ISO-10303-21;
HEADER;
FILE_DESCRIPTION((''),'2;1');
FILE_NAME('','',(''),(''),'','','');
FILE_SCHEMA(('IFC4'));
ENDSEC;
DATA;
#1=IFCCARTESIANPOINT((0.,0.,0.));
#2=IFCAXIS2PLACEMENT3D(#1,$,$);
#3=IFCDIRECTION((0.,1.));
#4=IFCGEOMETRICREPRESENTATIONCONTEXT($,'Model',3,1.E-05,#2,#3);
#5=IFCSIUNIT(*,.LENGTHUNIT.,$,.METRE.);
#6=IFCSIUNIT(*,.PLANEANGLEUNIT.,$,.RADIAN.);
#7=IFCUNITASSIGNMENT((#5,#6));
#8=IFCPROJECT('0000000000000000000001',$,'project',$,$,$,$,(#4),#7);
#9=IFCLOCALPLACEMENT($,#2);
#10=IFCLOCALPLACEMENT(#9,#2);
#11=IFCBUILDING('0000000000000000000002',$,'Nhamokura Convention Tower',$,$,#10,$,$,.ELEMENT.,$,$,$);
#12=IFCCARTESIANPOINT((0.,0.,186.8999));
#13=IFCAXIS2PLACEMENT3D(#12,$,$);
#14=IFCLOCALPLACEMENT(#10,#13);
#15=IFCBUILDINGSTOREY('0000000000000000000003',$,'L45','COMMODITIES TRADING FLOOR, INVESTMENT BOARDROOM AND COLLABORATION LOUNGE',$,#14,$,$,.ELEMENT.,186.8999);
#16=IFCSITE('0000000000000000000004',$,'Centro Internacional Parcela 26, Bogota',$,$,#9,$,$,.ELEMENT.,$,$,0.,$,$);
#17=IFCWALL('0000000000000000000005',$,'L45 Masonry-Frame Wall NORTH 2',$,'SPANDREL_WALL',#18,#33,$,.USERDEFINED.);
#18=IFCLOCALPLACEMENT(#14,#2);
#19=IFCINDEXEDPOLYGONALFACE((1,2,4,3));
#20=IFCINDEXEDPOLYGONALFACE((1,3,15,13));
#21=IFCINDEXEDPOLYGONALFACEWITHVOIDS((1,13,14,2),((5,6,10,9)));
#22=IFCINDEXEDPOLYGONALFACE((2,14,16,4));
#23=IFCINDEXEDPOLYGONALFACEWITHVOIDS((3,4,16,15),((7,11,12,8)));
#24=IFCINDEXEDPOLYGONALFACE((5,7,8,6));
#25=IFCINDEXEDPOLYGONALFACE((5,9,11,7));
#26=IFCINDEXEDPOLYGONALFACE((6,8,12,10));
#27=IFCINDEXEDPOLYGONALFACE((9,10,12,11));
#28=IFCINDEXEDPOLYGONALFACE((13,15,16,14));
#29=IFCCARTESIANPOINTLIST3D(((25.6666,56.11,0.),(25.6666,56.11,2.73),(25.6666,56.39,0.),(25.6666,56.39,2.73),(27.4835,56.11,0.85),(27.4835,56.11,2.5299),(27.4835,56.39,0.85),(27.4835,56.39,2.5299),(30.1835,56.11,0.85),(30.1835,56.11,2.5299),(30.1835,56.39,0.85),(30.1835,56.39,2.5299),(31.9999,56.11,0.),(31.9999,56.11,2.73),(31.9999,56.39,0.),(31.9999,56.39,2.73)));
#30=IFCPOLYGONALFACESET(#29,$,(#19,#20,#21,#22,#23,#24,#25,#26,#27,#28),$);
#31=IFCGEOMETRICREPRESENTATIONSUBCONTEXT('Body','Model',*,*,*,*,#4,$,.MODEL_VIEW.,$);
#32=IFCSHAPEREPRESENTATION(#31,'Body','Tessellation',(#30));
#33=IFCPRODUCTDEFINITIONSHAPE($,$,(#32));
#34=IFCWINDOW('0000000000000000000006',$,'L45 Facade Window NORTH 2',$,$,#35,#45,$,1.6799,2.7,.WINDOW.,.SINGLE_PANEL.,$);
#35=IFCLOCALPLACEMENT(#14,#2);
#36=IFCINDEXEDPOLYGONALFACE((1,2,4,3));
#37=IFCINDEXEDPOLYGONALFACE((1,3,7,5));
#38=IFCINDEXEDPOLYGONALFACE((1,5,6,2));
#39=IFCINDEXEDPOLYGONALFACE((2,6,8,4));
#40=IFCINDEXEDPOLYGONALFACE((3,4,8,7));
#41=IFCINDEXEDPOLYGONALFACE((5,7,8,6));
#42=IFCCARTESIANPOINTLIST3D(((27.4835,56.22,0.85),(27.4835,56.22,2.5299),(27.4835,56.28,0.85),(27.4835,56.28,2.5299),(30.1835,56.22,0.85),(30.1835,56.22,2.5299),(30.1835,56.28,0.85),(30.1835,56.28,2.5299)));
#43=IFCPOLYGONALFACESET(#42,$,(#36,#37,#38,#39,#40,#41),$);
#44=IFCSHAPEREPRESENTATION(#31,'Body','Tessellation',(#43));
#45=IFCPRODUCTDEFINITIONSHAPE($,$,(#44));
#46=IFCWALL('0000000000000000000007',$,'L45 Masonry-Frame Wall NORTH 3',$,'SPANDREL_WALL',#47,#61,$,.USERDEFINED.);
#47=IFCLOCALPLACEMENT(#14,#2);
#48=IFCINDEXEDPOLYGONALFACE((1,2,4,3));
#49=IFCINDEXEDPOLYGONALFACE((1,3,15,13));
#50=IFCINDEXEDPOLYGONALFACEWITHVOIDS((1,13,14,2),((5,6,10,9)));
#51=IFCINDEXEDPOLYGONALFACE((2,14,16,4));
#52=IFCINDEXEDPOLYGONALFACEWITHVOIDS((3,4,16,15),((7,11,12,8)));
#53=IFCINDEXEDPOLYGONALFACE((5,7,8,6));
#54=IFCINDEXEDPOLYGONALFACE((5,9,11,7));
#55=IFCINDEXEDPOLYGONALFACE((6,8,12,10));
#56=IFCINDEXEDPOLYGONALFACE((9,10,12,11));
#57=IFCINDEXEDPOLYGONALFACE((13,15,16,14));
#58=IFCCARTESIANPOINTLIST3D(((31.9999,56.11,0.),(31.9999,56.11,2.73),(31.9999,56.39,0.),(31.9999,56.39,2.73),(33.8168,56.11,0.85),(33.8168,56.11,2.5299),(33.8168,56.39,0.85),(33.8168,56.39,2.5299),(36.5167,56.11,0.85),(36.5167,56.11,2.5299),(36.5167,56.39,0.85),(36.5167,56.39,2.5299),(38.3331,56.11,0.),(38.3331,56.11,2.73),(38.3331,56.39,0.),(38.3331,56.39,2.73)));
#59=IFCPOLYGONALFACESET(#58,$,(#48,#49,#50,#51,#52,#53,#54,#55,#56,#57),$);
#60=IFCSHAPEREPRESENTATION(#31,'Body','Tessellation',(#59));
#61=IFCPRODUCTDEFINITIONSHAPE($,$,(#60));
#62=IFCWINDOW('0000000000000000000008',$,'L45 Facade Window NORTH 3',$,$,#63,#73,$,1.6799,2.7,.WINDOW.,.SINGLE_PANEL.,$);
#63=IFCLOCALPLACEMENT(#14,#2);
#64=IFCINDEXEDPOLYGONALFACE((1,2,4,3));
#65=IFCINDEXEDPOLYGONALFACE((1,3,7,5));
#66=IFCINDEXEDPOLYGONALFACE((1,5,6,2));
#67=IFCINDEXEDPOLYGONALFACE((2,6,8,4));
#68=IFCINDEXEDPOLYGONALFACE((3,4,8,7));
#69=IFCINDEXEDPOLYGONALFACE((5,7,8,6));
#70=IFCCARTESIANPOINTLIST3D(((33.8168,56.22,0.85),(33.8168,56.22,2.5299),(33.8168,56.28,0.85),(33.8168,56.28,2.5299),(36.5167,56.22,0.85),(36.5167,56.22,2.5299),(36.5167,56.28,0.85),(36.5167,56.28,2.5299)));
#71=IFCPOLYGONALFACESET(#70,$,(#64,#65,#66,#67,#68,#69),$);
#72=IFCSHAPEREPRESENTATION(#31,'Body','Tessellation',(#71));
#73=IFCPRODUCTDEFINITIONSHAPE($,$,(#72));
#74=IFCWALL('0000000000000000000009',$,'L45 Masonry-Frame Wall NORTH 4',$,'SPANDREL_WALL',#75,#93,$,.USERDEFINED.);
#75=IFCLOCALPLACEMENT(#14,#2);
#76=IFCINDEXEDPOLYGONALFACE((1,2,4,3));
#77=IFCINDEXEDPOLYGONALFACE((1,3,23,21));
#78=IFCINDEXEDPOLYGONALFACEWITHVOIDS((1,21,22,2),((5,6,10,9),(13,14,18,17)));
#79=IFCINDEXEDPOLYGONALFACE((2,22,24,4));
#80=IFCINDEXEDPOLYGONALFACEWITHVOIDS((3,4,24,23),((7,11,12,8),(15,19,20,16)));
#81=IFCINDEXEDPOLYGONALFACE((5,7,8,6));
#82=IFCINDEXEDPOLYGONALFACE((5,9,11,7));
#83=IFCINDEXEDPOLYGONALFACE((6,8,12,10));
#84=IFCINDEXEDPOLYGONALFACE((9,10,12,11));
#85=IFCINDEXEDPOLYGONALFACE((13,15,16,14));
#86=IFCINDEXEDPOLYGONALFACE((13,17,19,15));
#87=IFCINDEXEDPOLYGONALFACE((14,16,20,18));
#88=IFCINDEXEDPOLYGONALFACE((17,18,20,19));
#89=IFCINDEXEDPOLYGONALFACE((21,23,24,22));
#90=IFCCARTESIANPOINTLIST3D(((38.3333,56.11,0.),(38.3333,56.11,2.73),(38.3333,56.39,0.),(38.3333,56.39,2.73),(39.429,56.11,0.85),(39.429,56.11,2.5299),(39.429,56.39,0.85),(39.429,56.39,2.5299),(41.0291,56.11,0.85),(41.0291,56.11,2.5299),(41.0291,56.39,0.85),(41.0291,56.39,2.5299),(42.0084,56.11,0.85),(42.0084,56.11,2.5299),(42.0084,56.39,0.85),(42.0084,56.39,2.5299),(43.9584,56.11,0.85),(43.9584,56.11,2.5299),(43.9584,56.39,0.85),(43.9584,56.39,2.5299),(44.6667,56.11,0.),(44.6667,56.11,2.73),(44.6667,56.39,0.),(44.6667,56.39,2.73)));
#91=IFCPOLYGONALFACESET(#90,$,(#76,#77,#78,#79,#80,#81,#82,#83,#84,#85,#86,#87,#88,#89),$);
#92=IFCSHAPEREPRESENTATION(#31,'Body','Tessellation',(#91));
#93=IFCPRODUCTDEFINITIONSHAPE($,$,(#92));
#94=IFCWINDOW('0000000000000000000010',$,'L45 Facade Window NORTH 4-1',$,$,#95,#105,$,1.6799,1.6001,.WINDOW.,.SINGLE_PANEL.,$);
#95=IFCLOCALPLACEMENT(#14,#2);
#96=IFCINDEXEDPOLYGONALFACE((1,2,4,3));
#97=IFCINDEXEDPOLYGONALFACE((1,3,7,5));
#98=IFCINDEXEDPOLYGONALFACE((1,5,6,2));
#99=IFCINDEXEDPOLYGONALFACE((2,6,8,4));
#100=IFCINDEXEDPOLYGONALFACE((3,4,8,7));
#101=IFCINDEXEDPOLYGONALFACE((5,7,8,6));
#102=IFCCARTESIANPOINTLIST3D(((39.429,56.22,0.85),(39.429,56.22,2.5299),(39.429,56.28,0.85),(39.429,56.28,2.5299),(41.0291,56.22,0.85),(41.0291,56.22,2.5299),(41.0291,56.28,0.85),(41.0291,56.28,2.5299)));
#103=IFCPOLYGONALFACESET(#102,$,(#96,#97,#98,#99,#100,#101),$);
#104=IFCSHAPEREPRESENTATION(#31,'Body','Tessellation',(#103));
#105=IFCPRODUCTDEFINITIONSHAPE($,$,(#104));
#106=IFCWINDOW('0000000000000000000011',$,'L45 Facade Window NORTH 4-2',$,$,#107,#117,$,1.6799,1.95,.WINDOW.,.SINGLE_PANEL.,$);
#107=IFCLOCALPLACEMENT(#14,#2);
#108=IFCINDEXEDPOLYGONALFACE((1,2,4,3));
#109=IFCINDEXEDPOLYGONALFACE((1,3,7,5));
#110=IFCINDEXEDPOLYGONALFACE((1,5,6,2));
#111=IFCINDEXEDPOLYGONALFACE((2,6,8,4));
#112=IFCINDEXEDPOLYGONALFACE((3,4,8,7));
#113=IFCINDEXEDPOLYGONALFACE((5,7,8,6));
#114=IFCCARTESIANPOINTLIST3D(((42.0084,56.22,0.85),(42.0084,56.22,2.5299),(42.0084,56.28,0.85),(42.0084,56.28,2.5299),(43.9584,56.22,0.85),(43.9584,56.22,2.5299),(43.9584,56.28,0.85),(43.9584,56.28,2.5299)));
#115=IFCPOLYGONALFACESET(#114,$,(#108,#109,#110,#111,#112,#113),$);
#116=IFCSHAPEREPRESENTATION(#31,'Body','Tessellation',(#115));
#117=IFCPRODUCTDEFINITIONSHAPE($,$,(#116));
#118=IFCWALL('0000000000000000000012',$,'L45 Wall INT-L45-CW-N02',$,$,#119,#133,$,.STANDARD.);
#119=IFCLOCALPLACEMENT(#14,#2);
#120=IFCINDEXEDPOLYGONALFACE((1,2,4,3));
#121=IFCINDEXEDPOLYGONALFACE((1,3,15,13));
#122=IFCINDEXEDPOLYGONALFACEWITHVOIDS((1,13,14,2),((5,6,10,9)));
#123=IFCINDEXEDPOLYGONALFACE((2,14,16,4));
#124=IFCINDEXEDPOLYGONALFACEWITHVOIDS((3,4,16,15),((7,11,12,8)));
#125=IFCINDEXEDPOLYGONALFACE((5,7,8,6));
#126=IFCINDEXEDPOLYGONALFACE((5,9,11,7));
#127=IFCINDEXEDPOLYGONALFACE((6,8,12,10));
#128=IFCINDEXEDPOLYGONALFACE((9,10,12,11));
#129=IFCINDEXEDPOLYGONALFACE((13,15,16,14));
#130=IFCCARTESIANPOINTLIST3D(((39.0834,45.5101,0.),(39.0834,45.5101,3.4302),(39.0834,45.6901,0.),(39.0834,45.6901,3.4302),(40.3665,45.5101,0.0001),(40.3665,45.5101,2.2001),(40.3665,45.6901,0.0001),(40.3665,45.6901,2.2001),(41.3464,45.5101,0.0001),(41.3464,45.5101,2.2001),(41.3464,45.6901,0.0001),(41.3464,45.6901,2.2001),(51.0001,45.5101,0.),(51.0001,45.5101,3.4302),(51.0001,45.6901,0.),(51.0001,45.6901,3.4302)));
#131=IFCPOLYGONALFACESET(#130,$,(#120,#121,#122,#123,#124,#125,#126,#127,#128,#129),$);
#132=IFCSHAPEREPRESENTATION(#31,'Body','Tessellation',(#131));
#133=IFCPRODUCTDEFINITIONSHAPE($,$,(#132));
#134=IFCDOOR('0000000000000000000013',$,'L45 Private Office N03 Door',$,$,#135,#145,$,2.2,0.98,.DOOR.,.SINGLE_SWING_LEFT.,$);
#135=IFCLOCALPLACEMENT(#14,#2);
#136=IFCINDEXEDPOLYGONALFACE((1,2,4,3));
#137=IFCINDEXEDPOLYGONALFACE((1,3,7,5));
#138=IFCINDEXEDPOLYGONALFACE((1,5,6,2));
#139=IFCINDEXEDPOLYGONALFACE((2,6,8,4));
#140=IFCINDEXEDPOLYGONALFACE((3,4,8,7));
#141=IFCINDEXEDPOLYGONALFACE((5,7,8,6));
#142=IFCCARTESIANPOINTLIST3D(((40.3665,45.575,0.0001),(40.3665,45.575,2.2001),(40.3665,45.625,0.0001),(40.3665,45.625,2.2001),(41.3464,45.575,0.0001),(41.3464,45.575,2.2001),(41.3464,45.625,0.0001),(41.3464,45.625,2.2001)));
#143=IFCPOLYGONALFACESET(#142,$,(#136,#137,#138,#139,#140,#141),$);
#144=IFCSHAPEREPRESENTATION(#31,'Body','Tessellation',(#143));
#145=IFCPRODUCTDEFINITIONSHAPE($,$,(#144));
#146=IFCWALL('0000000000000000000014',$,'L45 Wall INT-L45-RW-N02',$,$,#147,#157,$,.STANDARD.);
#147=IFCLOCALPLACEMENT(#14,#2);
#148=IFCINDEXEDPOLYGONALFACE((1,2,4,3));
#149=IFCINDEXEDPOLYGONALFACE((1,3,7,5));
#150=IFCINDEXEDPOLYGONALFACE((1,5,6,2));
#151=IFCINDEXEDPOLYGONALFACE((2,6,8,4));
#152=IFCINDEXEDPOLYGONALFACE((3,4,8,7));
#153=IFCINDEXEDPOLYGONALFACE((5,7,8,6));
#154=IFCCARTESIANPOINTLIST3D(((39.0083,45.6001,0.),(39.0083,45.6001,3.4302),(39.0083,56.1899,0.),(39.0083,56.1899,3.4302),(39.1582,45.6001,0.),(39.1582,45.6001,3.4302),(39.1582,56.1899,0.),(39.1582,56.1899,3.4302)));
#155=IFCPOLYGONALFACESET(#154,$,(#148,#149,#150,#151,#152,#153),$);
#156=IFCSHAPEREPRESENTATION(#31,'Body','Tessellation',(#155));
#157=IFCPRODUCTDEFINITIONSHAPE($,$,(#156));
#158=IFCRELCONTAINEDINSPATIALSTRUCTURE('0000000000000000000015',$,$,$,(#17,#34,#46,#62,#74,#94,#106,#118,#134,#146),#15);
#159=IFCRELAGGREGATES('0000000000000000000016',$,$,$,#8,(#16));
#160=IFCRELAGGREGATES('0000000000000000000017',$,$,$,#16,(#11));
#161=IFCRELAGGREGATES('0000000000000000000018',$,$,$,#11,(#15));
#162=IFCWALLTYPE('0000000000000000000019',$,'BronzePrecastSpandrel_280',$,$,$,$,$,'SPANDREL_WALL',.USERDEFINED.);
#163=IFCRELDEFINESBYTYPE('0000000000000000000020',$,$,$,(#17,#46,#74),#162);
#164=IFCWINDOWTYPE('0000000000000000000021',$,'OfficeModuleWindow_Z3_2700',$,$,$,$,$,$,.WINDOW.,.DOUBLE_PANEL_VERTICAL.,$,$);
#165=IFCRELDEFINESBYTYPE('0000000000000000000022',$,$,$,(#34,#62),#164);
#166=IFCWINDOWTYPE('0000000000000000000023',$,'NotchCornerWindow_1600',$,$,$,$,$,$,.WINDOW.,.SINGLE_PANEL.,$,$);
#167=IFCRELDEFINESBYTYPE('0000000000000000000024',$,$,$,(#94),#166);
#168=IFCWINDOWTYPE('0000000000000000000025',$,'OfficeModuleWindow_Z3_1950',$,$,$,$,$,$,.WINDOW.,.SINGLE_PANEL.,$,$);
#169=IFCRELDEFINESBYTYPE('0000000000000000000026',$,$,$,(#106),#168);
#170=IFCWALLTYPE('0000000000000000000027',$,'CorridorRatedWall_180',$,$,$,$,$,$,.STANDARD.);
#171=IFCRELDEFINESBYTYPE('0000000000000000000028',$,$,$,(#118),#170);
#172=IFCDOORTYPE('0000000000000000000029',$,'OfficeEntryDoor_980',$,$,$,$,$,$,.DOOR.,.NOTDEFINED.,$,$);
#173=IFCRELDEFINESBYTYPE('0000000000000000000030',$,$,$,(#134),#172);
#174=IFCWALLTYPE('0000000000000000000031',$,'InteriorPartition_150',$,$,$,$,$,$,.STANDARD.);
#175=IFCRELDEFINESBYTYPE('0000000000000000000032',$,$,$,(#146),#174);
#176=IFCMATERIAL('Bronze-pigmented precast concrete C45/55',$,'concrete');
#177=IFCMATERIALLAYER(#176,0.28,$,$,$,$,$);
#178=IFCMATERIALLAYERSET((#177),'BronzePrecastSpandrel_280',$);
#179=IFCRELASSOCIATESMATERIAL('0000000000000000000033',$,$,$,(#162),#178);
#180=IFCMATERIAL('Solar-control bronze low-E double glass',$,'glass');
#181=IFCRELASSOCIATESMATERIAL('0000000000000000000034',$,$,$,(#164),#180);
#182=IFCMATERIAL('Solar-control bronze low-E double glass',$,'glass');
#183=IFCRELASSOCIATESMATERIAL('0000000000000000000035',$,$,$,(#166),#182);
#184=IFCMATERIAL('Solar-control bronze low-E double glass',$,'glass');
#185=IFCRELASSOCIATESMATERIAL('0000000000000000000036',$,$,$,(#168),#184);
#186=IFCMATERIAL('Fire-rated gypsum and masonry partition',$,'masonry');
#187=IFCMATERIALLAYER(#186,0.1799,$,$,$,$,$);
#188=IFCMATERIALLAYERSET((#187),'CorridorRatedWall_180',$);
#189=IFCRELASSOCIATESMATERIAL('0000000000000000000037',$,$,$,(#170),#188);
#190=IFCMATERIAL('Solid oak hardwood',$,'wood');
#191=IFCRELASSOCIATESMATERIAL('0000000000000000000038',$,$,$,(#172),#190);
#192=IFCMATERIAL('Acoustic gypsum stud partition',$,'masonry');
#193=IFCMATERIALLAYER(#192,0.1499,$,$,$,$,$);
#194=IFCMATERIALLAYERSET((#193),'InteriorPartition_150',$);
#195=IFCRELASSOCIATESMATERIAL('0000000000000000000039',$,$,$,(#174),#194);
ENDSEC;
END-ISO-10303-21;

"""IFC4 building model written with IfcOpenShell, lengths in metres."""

from ifc_helpers import new_model, si_unit, direction, frame, frame_2d, origin, place, context, subcontext, project, spatial, rectangle, extrude, material, layer, layer_set, type_object, element, fill, save


model = new_model("IFC4")

# Units and contexts
model_context = context("Model", 3, precision=1e-05, world=origin(), true_north=direction((0.0, 1.0)))
body_context = subcontext(model_context, "Body", "Model", "MODEL_VIEW")
ifc_project = project(units=[si_unit("LENGTHUNIT", "METRE"), si_unit("PLANEANGLEUNIT", "RADIAN")], contexts=[model_context])

# Site, building, storey
site_placement = place(None, origin())
site = spatial("IfcSite", under=ifc_project, at=site_placement, Name="Centro Internacional Parcela 26, Bogota", CompositionType="ELEMENT", RefElevation=0.0)
building_placement = place(site_placement, origin())
building = spatial("IfcBuilding", under=site, at=building_placement, Name="Nhamokura Convention Tower", CompositionType="ELEMENT")
storey_placement = place(building_placement, frame((0.0, 0.0, 186.8999)))
storey = spatial("IfcBuildingStorey", under=building, at=storey_placement, Name="L45", Description="COMMODITIES TRADING FLOOR, INVESTMENT BOARDROOM AND COLLABORATION LOUNGE", CompositionType="ELEMENT", Elevation=186.8999)

# Walls, openings, windows
ifc_material_1 = material(Name="Bronze-pigmented precast concrete C45/55", Category="concrete")
ifc_layer_1 = layer(ifc_material_1, 0.28)
ifc_layer_set_1 = layer_set([ifc_layer_1], Name="BronzePrecastSpandrel_280")
wall_type_1 = type_object("IfcWallType", Name="BronzePrecastSpandrel_280", ElementType="SPANDREL_WALL", PredefinedType="USERDEFINED", material=ifc_layer_set_1)
wall_1_placement = place(storey_placement, frame((25.6667, 56.25, 0.0), z_axis=(0.0, 0.0, 1.0), x_axis=(1.0, 0.0, 0.0)))
wall_1 = element("IfcWall", 1, at=wall_1_placement, inside=storey, type_object=wall_type_1, Name="L45 Masonry-Frame Wall NORTH 2", ObjectType="SPANDREL_WALL", PredefinedType="USERDEFINED", context=body_context, shape_type="SweptSolid", body=[
    extrude(rectangle(XDim=6.3333, YDim=0.28, at=frame_2d((3.1665, 0.0))), origin(), (0.0, 0.0, 1.0), 2.73),
])
opening_1_placement = place(wall_1_placement, frame((1.8167, 0.0, 0.8501)))
opening_1 = element("IfcOpeningElement", 2, at=opening_1_placement, cuts=wall_1, PredefinedType="OPENING", context=body_context, shape_type="SweptSolid", body=[
    extrude(rectangle(XDim=2.7, YDim=1.6799, at=frame_2d((1.3501, 0.8398))), frame((0.0, 0.1499, 0.0), z_axis=(0.0, -1.0, 0.0), x_axis=(1.0, 0.0, 0.0)), (0.0, 0.0, 1.0), 0.3),
])
ifc_material_2 = material(Name="Solar-control bronze low-E double glass", Category="glass")
window_type_1 = type_object("IfcWindowType", Name="OfficeModuleWindow_Z3_2700", PartitioningType="DOUBLE_PANEL_VERTICAL", PredefinedType="WINDOW", material=ifc_material_2)
window_1_placement = place(opening_1_placement, origin())
window_1 = element("IfcWindow", 3, at=window_1_placement, inside=storey, type_object=window_type_1, Name="L45 Facade Window NORTH 2", OverallHeight=1.6799, OverallWidth=2.7, PartitioningType="SINGLE_PANEL", PredefinedType="WINDOW", context=body_context, shape_type="SweptSolid", body=[
    extrude(rectangle(XDim=2.7, YDim=1.6799, at=frame_2d((1.3501, 0.8398))), frame((0.0, 0.03, 0.0), z_axis=(0.0, -1.0, 0.0), x_axis=(1.0, 0.0, 0.0)), (0.0, 0.0, 1.0), 0.0601),
])
fill(opening_1, window_1)
wall_2_placement = place(storey_placement, frame((32.0, 56.25, 0.0), z_axis=(0.0, 0.0, 1.0), x_axis=(1.0, 0.0, 0.0)))
wall_2 = element("IfcWall", 4, at=wall_2_placement, inside=storey, type_object=wall_type_1, Name="L45 Masonry-Frame Wall NORTH 3", ObjectType="SPANDREL_WALL", PredefinedType="USERDEFINED", context=body_context, shape_type="SweptSolid", body=[
    extrude(rectangle(XDim=6.3333, YDim=0.28, at=frame_2d((3.1665, 0.0))), origin(), (0.0, 0.0, 1.0), 2.73),
])
opening_2_placement = place(wall_2_placement, frame((1.8167, 0.0, 0.8501)))
opening_2 = element("IfcOpeningElement", 5, at=opening_2_placement, cuts=wall_2, PredefinedType="OPENING", context=body_context, shape_type="SweptSolid", body=[
    extrude(rectangle(XDim=2.7, YDim=1.6799, at=frame_2d((1.3501, 0.8398))), frame((0.0, 0.1499, 0.0), z_axis=(0.0, -1.0, 0.0), x_axis=(1.0, 0.0, 0.0)), (0.0, 0.0, 1.0), 0.3),
])
window_2_placement = place(opening_2_placement, origin())
window_2 = element("IfcWindow", 6, at=window_2_placement, inside=storey, type_object=window_type_1, Name="L45 Facade Window NORTH 3", OverallHeight=1.6799, OverallWidth=2.7, PartitioningType="SINGLE_PANEL", PredefinedType="WINDOW", context=body_context, shape_type="SweptSolid", body=[
    extrude(rectangle(XDim=2.7, YDim=1.6799, at=frame_2d((1.3501, 0.8398))), frame((0.0, 0.03, 0.0), z_axis=(0.0, -1.0, 0.0), x_axis=(1.0, 0.0, 0.0)), (0.0, 0.0, 1.0), 0.0601),
])
fill(opening_2, window_2)

# Wall, openings, windows
wall_3_placement = place(storey_placement, frame((38.3333, 56.25, 0.0), z_axis=(0.0, 0.0, 1.0), x_axis=(1.0, 0.0, 0.0)))
wall_3 = element("IfcWall", 7, at=wall_3_placement, inside=storey, type_object=wall_type_1, Name="L45 Masonry-Frame Wall NORTH 4", ObjectType="SPANDREL_WALL", PredefinedType="USERDEFINED", context=body_context, shape_type="SweptSolid", body=[
    extrude(rectangle(XDim=6.3335, YDim=0.28, at=frame_2d((3.1667, 0.0))), origin(), (0.0, 0.0, 1.0), 2.73),
])
opening_3_placement = place(wall_3_placement, frame((1.0957, 0.0, 0.8501)))
opening_3 = element("IfcOpeningElement", 8, at=opening_3_placement, cuts=wall_3, PredefinedType="OPENING", context=body_context, shape_type="SweptSolid", body=[
    extrude(rectangle(XDim=1.6001, YDim=1.6799, at=frame_2d((0.8, 0.8398))), frame((0.0, 0.1499, 0.0), z_axis=(0.0, -1.0, 0.0), x_axis=(1.0, 0.0, 0.0)), (0.0, 0.0, 1.0), 0.3),
])
opening_4_placement = place(wall_3_placement, frame((3.675, 0.0, 0.8501)))
opening_4 = element("IfcOpeningElement", 9, at=opening_4_placement, cuts=wall_3, PredefinedType="OPENING", context=body_context, shape_type="SweptSolid", body=[
    extrude(rectangle(XDim=1.95, YDim=1.6799, at=frame_2d((0.9751, 0.8398))), frame((0.0, 0.1499, 0.0), z_axis=(0.0, -1.0, 0.0), x_axis=(1.0, 0.0, 0.0)), (0.0, 0.0, 1.0), 0.3),
])
ifc_material_3 = material(Name="Solar-control bronze low-E double glass", Category="glass")
window_type_2 = type_object("IfcWindowType", Name="NotchCornerWindow_1600", PartitioningType="SINGLE_PANEL", PredefinedType="WINDOW", material=ifc_material_3)
window_3_placement = place(opening_3_placement, origin())
window_3 = element("IfcWindow", 10, at=window_3_placement, inside=storey, type_object=window_type_2, Name="L45 Facade Window NORTH 4-1", OverallHeight=1.6799, OverallWidth=1.6001, PartitioningType="SINGLE_PANEL", PredefinedType="WINDOW", context=body_context, shape_type="SweptSolid", body=[
    extrude(rectangle(XDim=1.6001, YDim=1.6799, at=frame_2d((0.8, 0.8398))), frame((0.0, 0.03, 0.0), z_axis=(0.0, -1.0, 0.0), x_axis=(1.0, 0.0, 0.0)), (0.0, 0.0, 1.0), 0.0601),
])
fill(opening_3, window_3)
ifc_material_4 = material(Name="Solar-control bronze low-E double glass", Category="glass")
window_type_3 = type_object("IfcWindowType", Name="OfficeModuleWindow_Z3_1950", PartitioningType="SINGLE_PANEL", PredefinedType="WINDOW", material=ifc_material_4)
window_4_placement = place(opening_4_placement, origin())
window_4 = element("IfcWindow", 11, at=window_4_placement, inside=storey, type_object=window_type_3, Name="L45 Facade Window NORTH 4-2", OverallHeight=1.6799, OverallWidth=1.95, PartitioningType="SINGLE_PANEL", PredefinedType="WINDOW", context=body_context, shape_type="SweptSolid", body=[
    extrude(rectangle(XDim=1.95, YDim=1.6799, at=frame_2d((0.9751, 0.8398))), frame((0.0, 0.03, 0.0), z_axis=(0.0, -1.0, 0.0), x_axis=(1.0, 0.0, 0.0)), (0.0, 0.0, 1.0), 0.0601),
])
fill(opening_4, window_4)

# Wall, opening, door
ifc_material_5 = material(Name="Fire-rated gypsum and masonry partition", Category="masonry")
ifc_layer_2 = layer(ifc_material_5, 0.1799)
ifc_layer_set_2 = layer_set([ifc_layer_2], Name="CorridorRatedWall_180")
wall_type_2 = type_object("IfcWallType", Name="CorridorRatedWall_180", PredefinedType="STANDARD", material=ifc_layer_set_2)
wall_4_placement = place(storey_placement, frame((39.0833, 45.6001, 0.0), z_axis=(0.0, 0.0, 1.0), x_axis=(1.0, 0.0, 0.0)))
wall_4 = element("IfcWall", 12, at=wall_4_placement, inside=storey, type_object=wall_type_2, Name="L45 Wall INT-L45-CW-N02", PredefinedType="STANDARD", context=body_context, shape_type="SweptSolid", body=[
    extrude(rectangle(XDim=11.9167, YDim=0.1799, at=frame_2d((5.9585, 0.0))), origin(), (0.0, 0.0, 1.0), 3.4302),
])
opening_5_placement = place(wall_4_placement, frame((1.2832, 0.0, 0.0)))
opening_5 = element("IfcOpeningElement", 13, at=opening_5_placement, cuts=wall_4, PredefinedType="OPENING", context=body_context, shape_type="SweptSolid", body=[
    extrude(rectangle(XDim=0.98, YDim=2.2, at=frame_2d((0.49, 1.1001))), frame((0.0, 0.0999, 0.0), z_axis=(0.0, -1.0, 0.0), x_axis=(1.0, 0.0, 0.0)), (0.0, 0.0, 1.0), 0.2),
])
ifc_material_6 = material(Name="Solid oak hardwood", Category="wood")
door_type = type_object("IfcDoorType", Name="OfficeEntryDoor_980", OperationType="NOTDEFINED", PredefinedType="DOOR", material=ifc_material_6)
door_placement = place(opening_5_placement, origin())
door = element("IfcDoor", 14, at=door_placement, inside=storey, type_object=door_type, Name="L45 Private Office N03 Door", OperationType="SINGLE_SWING_LEFT", OverallHeight=2.2, OverallWidth=0.98, PredefinedType="DOOR", context=body_context, shape_type="SweptSolid", body=[
    extrude(rectangle(XDim=0.98, YDim=2.2, at=frame_2d((0.49, 1.1001))), frame((0.0, 0.0249, 0.0), z_axis=(0.0, -1.0, 0.0), x_axis=(1.0, 0.0, 0.0)), (0.0, 0.0, 1.0), 0.05),
])
fill(opening_5, door)

# Wall
ifc_material_7 = material(Name="Acoustic gypsum stud partition", Category="masonry")
ifc_layer_3 = layer(ifc_material_7, 0.1499)
ifc_layer_set_3 = layer_set([ifc_layer_3], Name="InteriorPartition_150")
wall_type_3 = type_object("IfcWallType", Name="InteriorPartition_150", PredefinedType="STANDARD", material=ifc_layer_set_3)
wall_5_placement = place(storey_placement, frame((39.0833, 45.6001, 0.0), z_axis=(0.0, 0.0, 1.0), x_axis=(0.0, 1.0, 0.0)))
element("IfcWall", 15, at=wall_5_placement, inside=storey, type_object=wall_type_3, Name="L45 Wall INT-L45-RW-N02", PredefinedType="STANDARD", context=body_context, shape_type="SweptSolid", body=[
    extrude(rectangle(XDim=10.5898, YDim=0.1499, at=frame_2d((5.2949, 0.0))), origin(), (0.0, 0.0, 1.0), 3.4302),
])

save(model, "model.ifc")
